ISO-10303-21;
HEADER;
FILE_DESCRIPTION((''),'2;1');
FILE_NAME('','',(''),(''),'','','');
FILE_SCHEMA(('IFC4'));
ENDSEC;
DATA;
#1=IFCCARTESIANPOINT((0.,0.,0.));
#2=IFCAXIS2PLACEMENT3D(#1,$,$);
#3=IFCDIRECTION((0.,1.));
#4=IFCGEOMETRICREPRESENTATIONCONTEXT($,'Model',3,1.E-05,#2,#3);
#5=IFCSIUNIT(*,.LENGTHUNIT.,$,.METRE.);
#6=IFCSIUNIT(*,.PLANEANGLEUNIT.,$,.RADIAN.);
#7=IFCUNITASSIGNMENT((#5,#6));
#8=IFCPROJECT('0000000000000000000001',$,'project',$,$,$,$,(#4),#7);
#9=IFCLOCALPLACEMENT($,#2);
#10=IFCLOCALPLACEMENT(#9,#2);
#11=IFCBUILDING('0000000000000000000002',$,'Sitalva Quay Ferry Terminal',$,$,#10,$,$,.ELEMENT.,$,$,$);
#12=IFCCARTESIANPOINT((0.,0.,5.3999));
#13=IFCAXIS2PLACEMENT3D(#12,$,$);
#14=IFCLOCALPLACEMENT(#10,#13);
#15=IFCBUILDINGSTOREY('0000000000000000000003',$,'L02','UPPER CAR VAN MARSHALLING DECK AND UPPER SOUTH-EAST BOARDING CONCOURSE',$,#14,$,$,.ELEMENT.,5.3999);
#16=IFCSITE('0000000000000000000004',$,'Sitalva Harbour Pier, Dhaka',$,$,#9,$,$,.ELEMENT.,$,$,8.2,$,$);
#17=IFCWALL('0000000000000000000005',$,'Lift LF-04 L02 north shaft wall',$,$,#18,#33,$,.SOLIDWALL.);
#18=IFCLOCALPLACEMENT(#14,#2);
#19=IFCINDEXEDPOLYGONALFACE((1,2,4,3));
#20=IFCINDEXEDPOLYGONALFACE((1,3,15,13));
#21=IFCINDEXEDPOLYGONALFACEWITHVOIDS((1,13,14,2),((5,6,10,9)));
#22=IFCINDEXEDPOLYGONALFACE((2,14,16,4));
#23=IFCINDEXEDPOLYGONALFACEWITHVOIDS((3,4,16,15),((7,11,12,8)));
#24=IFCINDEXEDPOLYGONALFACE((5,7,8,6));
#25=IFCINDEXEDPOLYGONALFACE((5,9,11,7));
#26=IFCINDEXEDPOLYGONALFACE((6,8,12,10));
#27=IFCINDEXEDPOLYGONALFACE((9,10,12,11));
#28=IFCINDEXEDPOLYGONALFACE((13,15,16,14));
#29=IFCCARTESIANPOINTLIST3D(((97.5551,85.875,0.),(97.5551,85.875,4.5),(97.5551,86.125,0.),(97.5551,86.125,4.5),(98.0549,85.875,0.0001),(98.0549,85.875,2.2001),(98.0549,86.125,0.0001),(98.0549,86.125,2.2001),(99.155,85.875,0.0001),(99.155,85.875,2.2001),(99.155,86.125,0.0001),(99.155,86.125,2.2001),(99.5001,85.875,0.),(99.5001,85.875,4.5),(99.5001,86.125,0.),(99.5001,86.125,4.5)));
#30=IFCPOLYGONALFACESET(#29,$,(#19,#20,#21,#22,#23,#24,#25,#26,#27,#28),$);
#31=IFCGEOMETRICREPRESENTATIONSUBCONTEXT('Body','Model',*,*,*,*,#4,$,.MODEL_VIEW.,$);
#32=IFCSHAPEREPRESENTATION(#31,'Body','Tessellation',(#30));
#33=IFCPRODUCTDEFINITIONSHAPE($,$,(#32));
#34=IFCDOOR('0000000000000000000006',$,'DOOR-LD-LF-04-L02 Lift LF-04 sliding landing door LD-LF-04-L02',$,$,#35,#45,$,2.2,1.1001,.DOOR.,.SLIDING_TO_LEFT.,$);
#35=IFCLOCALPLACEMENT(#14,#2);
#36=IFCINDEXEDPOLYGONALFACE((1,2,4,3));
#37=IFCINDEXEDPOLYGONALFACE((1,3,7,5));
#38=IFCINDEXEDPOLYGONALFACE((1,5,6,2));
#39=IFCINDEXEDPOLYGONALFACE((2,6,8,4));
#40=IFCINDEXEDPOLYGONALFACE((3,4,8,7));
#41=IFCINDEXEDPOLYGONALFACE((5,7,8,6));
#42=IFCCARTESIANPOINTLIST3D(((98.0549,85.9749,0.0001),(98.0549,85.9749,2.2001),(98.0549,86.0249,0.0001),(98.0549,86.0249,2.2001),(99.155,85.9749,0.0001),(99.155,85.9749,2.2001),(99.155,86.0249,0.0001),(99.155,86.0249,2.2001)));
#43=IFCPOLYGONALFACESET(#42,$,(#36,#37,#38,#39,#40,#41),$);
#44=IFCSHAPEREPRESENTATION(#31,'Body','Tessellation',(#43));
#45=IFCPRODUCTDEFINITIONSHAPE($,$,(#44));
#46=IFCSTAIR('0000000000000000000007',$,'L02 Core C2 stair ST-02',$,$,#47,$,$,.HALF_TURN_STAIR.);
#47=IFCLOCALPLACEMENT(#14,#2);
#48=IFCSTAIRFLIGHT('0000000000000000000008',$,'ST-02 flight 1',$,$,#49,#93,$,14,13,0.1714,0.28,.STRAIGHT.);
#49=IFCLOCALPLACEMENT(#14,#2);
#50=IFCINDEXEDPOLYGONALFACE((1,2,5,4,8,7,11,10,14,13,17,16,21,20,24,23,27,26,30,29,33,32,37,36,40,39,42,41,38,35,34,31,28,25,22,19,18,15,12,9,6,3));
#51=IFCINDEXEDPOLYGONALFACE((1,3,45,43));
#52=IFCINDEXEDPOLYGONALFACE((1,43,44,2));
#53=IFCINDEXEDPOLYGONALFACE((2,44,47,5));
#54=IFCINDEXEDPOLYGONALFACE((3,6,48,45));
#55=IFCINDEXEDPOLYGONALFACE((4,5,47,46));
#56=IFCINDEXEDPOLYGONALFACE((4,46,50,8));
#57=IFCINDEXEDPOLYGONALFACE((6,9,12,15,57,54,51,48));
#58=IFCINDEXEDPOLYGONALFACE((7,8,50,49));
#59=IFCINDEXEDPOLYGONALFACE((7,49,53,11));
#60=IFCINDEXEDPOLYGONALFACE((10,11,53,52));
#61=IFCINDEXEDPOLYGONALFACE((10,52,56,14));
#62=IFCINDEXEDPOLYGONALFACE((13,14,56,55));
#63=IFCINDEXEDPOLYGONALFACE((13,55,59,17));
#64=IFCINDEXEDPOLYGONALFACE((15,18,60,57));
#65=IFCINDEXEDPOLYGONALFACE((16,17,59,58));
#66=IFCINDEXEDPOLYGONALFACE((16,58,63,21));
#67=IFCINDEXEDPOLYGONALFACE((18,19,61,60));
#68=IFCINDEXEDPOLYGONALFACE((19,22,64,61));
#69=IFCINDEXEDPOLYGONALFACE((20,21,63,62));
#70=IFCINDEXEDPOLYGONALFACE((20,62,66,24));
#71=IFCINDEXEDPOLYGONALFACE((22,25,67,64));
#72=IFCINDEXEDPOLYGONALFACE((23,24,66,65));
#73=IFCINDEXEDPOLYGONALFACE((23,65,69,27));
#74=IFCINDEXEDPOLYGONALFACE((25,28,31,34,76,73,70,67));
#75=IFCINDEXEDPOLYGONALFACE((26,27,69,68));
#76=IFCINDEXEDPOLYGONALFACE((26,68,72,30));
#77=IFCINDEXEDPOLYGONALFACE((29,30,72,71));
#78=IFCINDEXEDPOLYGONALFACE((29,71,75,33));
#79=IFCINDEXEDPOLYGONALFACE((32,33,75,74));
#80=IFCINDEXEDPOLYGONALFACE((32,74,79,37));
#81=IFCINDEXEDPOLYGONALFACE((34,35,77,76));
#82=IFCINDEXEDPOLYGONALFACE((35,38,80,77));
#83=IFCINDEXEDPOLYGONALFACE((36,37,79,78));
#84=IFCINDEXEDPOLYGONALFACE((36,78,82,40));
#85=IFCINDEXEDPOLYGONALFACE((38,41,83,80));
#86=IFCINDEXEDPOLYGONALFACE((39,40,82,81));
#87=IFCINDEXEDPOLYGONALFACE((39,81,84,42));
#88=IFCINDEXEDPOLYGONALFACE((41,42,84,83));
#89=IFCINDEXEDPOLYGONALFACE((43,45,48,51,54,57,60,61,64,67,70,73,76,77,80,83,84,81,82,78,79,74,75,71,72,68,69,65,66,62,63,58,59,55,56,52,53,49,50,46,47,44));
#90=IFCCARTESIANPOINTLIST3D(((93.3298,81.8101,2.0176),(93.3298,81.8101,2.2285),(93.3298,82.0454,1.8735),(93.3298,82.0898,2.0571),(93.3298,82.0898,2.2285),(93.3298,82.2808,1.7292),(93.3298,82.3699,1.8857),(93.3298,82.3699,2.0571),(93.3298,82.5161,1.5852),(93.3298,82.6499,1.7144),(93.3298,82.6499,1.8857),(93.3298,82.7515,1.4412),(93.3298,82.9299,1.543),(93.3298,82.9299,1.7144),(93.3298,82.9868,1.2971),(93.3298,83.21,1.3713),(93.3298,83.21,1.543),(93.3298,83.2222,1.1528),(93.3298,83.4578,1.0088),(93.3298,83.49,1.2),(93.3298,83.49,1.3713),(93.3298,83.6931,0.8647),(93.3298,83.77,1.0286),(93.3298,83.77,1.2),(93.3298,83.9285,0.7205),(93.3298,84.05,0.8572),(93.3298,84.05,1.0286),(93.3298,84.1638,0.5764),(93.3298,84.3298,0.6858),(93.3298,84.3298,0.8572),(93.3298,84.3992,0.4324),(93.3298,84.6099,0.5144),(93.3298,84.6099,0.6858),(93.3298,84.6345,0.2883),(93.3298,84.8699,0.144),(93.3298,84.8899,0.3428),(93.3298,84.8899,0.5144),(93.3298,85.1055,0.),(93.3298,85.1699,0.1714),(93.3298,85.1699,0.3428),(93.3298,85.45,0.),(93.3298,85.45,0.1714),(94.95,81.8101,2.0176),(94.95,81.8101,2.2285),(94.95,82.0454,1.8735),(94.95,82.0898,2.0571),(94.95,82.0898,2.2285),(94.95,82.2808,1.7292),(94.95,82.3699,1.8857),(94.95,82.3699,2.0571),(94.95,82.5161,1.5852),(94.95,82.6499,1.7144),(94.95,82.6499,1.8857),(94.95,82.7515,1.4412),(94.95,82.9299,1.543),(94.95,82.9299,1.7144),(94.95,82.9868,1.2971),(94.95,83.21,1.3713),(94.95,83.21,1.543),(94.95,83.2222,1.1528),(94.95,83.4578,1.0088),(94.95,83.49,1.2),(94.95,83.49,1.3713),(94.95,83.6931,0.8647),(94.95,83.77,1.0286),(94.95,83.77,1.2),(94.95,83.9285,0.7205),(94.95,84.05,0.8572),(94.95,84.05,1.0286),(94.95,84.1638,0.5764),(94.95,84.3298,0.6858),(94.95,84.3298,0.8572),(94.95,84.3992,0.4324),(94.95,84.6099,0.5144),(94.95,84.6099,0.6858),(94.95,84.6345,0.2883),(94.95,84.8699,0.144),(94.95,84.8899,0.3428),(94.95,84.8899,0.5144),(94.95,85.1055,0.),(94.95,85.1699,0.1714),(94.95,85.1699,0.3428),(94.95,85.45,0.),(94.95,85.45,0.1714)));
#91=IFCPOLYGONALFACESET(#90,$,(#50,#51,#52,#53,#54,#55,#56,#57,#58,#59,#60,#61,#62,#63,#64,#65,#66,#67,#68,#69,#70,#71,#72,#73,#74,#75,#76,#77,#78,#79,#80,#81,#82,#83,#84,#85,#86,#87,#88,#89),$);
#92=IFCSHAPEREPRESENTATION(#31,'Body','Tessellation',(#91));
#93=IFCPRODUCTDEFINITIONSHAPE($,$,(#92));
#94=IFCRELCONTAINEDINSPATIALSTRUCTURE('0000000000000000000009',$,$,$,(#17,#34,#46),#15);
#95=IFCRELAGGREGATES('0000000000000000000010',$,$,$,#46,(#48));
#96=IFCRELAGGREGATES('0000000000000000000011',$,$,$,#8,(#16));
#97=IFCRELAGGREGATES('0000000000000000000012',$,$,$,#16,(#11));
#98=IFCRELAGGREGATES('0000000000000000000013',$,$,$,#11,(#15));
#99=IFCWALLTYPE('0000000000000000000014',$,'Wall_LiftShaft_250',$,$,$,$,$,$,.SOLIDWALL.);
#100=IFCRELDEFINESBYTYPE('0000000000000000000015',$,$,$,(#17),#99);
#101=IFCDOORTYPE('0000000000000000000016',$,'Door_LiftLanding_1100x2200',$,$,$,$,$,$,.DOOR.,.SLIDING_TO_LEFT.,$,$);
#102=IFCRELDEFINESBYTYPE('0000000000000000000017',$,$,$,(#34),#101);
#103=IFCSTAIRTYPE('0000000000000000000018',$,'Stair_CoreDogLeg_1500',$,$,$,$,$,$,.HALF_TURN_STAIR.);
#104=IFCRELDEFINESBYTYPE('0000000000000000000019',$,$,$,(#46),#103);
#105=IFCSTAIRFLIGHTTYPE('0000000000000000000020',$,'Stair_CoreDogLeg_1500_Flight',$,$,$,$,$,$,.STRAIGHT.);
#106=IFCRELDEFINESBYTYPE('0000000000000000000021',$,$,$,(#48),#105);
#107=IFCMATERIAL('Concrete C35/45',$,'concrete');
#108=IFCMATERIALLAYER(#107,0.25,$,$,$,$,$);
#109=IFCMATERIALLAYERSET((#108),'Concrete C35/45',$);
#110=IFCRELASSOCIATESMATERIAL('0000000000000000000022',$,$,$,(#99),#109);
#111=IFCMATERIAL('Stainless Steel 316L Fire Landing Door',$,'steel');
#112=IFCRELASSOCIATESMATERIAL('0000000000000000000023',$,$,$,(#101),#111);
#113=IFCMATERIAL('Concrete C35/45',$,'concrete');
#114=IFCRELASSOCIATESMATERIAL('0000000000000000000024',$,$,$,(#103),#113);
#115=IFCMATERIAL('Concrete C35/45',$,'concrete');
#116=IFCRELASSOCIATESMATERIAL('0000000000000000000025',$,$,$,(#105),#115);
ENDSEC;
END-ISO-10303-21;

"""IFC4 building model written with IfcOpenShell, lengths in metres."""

from ifc_helpers import new_model, si_unit, direction, frame, frame_2d, origin, place, context, subcontext, project, spatial, polyline, rectangle, outline, extrude, material, layer, layer_set, type_object, element, fill, aggregate, save


model = new_model("IFC4")

# Units and contexts
model_context = context("Model", 3, precision=1e-05, world=origin(), true_north=direction((0.0, 1.0)))
body_context = subcontext(model_context, "Body", "Model", "MODEL_VIEW")
ifc_project = project(units=[si_unit("LENGTHUNIT", "METRE"), si_unit("PLANEANGLEUNIT", "RADIAN")], contexts=[model_context])

# Site, building, storey
site_placement = place(None, origin())
site = spatial("IfcSite", under=ifc_project, at=site_placement, Name="Sitalva Harbour Pier, Dhaka", CompositionType="ELEMENT", RefElevation=8.2)
building_placement = place(site_placement, origin())
building = spatial("IfcBuilding", under=site, at=building_placement, Name="Sitalva Quay Ferry Terminal", CompositionType="ELEMENT")
storey_placement = place(building_placement, frame((0.0, 0.0, 5.3999)))
storey = spatial("IfcBuildingStorey", under=building, at=storey_placement, Name="L02", Description="UPPER CAR VAN MARSHALLING DECK AND UPPER SOUTH-EAST BOARDING CONCOURSE", CompositionType="ELEMENT", Elevation=5.3999)

# Wall, opening, door
ifc_material_1 = material(Name="Concrete C35/45", Category="concrete")
ifc_layer_1 = layer(ifc_material_1, 0.25)
ifc_layer_set_1 = layer_set([ifc_layer_1], Name="Concrete C35/45")
wall_type_1 = type_object("IfcWallType", Name="Wall_LiftShaft_250", PredefinedType="SOLIDWALL", material=ifc_layer_set_1)
wall_1_placement = place(storey_placement, frame((97.5549, 86.0, 0.0), z_axis=(0.0, 0.0, 1.0), x_axis=(1.0, 0.0, 0.0)))
wall_1 = element("IfcWall", 1, at=wall_1_placement, inside=storey, type_object=wall_type_1, Name="Lift LF-04 L02 north shaft wall", PredefinedType="SOLIDWALL", context=body_context, shape_type="SweptSolid", body=[
    extrude(rectangle(XDim=1.9451, YDim=0.25, at=frame_2d((0.9727, 0.0))), origin(), (0.0, 0.0, 1.0), 4.5),
])
opening_1_placement = place(wall_1_placement, frame((0.5, 0.0, 0.0)))
opening_1 = element("IfcOpeningElement", 2, at=opening_1_placement, cuts=wall_1, PredefinedType="OPENING", context=body_context, shape_type="SweptSolid", body=[
    extrude(rectangle(XDim=1.1001, YDim=2.2, at=frame_2d((0.55, 1.1001))), frame((0.0, 0.135, 0.0), z_axis=(0.0, -1.0, 0.0), x_axis=(1.0, 0.0, 0.0)), (0.0, 0.0, 1.0), 0.27),
])
ifc_material_2 = material(Name="Stainless Steel 316L Fire Landing Door", Category="steel")
door_type_1 = type_object("IfcDoorType", Name="Door_LiftLanding_1100x2200", OperationType="SLIDING_TO_LEFT", PredefinedType="DOOR", material=ifc_material_2)
door_1_placement = place(opening_1_placement, origin())
door_1 = element("IfcDoor", 3, at=door_1_placement, inside=storey, type_object=door_type_1, Name="DOOR-LD-LF-04-L02 Lift LF-04 sliding landing door LD-LF-04-L02", OperationType="SLIDING_TO_LEFT", OverallHeight=2.2, OverallWidth=1.1001, PredefinedType="DOOR", context=body_context, shape_type="SweptSolid", body=[
    extrude(rectangle(XDim=1.1001, YDim=2.2, at=frame_2d((0.55, 1.1001))), frame((0.0, 0.0249, 0.0), z_axis=(0.0, -1.0, 0.0), x_axis=(1.0, 0.0, 0.0)), (0.0, 0.0, 1.0), 0.05),
])
fill(opening_1, door_1)

# Stair, stair flight
ifc_material_3 = material(Name="Concrete C35/45", Category="concrete")
stair_type = type_object("IfcStairType", Name="Stair_CoreDogLeg_1500", PredefinedType="HALF_TURN_STAIR", material=ifc_material_3)
stair_placement = place(storey_placement, origin())
stair = element("IfcStair", 4, at=stair_placement, inside=storey, type_object=stair_type, Name="L02 Core C2 stair ST-02", PredefinedType="HALF_TURN_STAIR")
ifc_material_4 = material(Name="Concrete C35/45", Category="concrete")
stair_flight_type = type_object("IfcStairFlightType", Name="Stair_CoreDogLeg_1500_Flight", PredefinedType="STRAIGHT", material=ifc_material_4)
stair_flight_placement = place(storey_placement, frame((94.1399, 85.45, 0.0), z_axis=(0.0, 0.0, 1.0), x_axis=(0.0, -1.0, 0.0)))
stair_flight = element("IfcStairFlight", 5, at=stair_flight_placement, type_object=stair_flight_type, Name="ST-02 flight 1", NumberOfRisers=14, NumberOfTreads=13, PredefinedType="STRAIGHT", RiserHeight=0.1714, TreadLength=0.28, context=body_context, shape_type="SweptSolid", body=[
    extrude(outline(polyline([(0.0, 0.0), (0.0, 0.1714), (0.28, 0.1714), (0.28, 0.3428), (0.5601, 0.3428), (0.5601, 0.5144), (0.8401, 0.5144), (0.8401, 0.6858), (1.1201, 0.6858), (1.1201, 0.8572), (1.3999, 0.8572), (1.3999, 1.0286), (1.6799, 1.0286), (1.6799, 1.2), (1.96, 1.2), (1.96, 1.3713), (2.24, 1.3713), (2.24, 1.543), (2.52, 1.543), (2.52, 1.7144), (2.8, 1.7144), (2.8, 1.8857), (3.0801, 1.8857), (3.0801, 2.0571), (3.3601, 2.0571), (3.3601, 2.2285), (3.6399, 2.2285), (3.6399, 2.3999), (3.6399, 2.0176), (3.4045, 1.8735), (3.1692, 1.7292), (2.9338, 1.5852), (2.6985, 1.4412), (2.4631, 1.2971), (2.2278, 1.1528), (1.9922, 1.0088), (1.7568, 0.8647), (1.5215, 0.7205), (1.2861, 0.5764), (1.0508, 0.4324), (0.8154, 0.2883), (0.5801, 0.144), (0.3445, 0.0), (0.0, 0.0)])), frame((0.0, 0.8101, 0.0), z_axis=(0.0, -1.0, 0.0), x_axis=(1.0, 0.0, 0.0)), (0.0, 0.0, 1.0), 1.6201),
])
aggregate(stair, [stair_flight])

save(model, "model.ifc")
